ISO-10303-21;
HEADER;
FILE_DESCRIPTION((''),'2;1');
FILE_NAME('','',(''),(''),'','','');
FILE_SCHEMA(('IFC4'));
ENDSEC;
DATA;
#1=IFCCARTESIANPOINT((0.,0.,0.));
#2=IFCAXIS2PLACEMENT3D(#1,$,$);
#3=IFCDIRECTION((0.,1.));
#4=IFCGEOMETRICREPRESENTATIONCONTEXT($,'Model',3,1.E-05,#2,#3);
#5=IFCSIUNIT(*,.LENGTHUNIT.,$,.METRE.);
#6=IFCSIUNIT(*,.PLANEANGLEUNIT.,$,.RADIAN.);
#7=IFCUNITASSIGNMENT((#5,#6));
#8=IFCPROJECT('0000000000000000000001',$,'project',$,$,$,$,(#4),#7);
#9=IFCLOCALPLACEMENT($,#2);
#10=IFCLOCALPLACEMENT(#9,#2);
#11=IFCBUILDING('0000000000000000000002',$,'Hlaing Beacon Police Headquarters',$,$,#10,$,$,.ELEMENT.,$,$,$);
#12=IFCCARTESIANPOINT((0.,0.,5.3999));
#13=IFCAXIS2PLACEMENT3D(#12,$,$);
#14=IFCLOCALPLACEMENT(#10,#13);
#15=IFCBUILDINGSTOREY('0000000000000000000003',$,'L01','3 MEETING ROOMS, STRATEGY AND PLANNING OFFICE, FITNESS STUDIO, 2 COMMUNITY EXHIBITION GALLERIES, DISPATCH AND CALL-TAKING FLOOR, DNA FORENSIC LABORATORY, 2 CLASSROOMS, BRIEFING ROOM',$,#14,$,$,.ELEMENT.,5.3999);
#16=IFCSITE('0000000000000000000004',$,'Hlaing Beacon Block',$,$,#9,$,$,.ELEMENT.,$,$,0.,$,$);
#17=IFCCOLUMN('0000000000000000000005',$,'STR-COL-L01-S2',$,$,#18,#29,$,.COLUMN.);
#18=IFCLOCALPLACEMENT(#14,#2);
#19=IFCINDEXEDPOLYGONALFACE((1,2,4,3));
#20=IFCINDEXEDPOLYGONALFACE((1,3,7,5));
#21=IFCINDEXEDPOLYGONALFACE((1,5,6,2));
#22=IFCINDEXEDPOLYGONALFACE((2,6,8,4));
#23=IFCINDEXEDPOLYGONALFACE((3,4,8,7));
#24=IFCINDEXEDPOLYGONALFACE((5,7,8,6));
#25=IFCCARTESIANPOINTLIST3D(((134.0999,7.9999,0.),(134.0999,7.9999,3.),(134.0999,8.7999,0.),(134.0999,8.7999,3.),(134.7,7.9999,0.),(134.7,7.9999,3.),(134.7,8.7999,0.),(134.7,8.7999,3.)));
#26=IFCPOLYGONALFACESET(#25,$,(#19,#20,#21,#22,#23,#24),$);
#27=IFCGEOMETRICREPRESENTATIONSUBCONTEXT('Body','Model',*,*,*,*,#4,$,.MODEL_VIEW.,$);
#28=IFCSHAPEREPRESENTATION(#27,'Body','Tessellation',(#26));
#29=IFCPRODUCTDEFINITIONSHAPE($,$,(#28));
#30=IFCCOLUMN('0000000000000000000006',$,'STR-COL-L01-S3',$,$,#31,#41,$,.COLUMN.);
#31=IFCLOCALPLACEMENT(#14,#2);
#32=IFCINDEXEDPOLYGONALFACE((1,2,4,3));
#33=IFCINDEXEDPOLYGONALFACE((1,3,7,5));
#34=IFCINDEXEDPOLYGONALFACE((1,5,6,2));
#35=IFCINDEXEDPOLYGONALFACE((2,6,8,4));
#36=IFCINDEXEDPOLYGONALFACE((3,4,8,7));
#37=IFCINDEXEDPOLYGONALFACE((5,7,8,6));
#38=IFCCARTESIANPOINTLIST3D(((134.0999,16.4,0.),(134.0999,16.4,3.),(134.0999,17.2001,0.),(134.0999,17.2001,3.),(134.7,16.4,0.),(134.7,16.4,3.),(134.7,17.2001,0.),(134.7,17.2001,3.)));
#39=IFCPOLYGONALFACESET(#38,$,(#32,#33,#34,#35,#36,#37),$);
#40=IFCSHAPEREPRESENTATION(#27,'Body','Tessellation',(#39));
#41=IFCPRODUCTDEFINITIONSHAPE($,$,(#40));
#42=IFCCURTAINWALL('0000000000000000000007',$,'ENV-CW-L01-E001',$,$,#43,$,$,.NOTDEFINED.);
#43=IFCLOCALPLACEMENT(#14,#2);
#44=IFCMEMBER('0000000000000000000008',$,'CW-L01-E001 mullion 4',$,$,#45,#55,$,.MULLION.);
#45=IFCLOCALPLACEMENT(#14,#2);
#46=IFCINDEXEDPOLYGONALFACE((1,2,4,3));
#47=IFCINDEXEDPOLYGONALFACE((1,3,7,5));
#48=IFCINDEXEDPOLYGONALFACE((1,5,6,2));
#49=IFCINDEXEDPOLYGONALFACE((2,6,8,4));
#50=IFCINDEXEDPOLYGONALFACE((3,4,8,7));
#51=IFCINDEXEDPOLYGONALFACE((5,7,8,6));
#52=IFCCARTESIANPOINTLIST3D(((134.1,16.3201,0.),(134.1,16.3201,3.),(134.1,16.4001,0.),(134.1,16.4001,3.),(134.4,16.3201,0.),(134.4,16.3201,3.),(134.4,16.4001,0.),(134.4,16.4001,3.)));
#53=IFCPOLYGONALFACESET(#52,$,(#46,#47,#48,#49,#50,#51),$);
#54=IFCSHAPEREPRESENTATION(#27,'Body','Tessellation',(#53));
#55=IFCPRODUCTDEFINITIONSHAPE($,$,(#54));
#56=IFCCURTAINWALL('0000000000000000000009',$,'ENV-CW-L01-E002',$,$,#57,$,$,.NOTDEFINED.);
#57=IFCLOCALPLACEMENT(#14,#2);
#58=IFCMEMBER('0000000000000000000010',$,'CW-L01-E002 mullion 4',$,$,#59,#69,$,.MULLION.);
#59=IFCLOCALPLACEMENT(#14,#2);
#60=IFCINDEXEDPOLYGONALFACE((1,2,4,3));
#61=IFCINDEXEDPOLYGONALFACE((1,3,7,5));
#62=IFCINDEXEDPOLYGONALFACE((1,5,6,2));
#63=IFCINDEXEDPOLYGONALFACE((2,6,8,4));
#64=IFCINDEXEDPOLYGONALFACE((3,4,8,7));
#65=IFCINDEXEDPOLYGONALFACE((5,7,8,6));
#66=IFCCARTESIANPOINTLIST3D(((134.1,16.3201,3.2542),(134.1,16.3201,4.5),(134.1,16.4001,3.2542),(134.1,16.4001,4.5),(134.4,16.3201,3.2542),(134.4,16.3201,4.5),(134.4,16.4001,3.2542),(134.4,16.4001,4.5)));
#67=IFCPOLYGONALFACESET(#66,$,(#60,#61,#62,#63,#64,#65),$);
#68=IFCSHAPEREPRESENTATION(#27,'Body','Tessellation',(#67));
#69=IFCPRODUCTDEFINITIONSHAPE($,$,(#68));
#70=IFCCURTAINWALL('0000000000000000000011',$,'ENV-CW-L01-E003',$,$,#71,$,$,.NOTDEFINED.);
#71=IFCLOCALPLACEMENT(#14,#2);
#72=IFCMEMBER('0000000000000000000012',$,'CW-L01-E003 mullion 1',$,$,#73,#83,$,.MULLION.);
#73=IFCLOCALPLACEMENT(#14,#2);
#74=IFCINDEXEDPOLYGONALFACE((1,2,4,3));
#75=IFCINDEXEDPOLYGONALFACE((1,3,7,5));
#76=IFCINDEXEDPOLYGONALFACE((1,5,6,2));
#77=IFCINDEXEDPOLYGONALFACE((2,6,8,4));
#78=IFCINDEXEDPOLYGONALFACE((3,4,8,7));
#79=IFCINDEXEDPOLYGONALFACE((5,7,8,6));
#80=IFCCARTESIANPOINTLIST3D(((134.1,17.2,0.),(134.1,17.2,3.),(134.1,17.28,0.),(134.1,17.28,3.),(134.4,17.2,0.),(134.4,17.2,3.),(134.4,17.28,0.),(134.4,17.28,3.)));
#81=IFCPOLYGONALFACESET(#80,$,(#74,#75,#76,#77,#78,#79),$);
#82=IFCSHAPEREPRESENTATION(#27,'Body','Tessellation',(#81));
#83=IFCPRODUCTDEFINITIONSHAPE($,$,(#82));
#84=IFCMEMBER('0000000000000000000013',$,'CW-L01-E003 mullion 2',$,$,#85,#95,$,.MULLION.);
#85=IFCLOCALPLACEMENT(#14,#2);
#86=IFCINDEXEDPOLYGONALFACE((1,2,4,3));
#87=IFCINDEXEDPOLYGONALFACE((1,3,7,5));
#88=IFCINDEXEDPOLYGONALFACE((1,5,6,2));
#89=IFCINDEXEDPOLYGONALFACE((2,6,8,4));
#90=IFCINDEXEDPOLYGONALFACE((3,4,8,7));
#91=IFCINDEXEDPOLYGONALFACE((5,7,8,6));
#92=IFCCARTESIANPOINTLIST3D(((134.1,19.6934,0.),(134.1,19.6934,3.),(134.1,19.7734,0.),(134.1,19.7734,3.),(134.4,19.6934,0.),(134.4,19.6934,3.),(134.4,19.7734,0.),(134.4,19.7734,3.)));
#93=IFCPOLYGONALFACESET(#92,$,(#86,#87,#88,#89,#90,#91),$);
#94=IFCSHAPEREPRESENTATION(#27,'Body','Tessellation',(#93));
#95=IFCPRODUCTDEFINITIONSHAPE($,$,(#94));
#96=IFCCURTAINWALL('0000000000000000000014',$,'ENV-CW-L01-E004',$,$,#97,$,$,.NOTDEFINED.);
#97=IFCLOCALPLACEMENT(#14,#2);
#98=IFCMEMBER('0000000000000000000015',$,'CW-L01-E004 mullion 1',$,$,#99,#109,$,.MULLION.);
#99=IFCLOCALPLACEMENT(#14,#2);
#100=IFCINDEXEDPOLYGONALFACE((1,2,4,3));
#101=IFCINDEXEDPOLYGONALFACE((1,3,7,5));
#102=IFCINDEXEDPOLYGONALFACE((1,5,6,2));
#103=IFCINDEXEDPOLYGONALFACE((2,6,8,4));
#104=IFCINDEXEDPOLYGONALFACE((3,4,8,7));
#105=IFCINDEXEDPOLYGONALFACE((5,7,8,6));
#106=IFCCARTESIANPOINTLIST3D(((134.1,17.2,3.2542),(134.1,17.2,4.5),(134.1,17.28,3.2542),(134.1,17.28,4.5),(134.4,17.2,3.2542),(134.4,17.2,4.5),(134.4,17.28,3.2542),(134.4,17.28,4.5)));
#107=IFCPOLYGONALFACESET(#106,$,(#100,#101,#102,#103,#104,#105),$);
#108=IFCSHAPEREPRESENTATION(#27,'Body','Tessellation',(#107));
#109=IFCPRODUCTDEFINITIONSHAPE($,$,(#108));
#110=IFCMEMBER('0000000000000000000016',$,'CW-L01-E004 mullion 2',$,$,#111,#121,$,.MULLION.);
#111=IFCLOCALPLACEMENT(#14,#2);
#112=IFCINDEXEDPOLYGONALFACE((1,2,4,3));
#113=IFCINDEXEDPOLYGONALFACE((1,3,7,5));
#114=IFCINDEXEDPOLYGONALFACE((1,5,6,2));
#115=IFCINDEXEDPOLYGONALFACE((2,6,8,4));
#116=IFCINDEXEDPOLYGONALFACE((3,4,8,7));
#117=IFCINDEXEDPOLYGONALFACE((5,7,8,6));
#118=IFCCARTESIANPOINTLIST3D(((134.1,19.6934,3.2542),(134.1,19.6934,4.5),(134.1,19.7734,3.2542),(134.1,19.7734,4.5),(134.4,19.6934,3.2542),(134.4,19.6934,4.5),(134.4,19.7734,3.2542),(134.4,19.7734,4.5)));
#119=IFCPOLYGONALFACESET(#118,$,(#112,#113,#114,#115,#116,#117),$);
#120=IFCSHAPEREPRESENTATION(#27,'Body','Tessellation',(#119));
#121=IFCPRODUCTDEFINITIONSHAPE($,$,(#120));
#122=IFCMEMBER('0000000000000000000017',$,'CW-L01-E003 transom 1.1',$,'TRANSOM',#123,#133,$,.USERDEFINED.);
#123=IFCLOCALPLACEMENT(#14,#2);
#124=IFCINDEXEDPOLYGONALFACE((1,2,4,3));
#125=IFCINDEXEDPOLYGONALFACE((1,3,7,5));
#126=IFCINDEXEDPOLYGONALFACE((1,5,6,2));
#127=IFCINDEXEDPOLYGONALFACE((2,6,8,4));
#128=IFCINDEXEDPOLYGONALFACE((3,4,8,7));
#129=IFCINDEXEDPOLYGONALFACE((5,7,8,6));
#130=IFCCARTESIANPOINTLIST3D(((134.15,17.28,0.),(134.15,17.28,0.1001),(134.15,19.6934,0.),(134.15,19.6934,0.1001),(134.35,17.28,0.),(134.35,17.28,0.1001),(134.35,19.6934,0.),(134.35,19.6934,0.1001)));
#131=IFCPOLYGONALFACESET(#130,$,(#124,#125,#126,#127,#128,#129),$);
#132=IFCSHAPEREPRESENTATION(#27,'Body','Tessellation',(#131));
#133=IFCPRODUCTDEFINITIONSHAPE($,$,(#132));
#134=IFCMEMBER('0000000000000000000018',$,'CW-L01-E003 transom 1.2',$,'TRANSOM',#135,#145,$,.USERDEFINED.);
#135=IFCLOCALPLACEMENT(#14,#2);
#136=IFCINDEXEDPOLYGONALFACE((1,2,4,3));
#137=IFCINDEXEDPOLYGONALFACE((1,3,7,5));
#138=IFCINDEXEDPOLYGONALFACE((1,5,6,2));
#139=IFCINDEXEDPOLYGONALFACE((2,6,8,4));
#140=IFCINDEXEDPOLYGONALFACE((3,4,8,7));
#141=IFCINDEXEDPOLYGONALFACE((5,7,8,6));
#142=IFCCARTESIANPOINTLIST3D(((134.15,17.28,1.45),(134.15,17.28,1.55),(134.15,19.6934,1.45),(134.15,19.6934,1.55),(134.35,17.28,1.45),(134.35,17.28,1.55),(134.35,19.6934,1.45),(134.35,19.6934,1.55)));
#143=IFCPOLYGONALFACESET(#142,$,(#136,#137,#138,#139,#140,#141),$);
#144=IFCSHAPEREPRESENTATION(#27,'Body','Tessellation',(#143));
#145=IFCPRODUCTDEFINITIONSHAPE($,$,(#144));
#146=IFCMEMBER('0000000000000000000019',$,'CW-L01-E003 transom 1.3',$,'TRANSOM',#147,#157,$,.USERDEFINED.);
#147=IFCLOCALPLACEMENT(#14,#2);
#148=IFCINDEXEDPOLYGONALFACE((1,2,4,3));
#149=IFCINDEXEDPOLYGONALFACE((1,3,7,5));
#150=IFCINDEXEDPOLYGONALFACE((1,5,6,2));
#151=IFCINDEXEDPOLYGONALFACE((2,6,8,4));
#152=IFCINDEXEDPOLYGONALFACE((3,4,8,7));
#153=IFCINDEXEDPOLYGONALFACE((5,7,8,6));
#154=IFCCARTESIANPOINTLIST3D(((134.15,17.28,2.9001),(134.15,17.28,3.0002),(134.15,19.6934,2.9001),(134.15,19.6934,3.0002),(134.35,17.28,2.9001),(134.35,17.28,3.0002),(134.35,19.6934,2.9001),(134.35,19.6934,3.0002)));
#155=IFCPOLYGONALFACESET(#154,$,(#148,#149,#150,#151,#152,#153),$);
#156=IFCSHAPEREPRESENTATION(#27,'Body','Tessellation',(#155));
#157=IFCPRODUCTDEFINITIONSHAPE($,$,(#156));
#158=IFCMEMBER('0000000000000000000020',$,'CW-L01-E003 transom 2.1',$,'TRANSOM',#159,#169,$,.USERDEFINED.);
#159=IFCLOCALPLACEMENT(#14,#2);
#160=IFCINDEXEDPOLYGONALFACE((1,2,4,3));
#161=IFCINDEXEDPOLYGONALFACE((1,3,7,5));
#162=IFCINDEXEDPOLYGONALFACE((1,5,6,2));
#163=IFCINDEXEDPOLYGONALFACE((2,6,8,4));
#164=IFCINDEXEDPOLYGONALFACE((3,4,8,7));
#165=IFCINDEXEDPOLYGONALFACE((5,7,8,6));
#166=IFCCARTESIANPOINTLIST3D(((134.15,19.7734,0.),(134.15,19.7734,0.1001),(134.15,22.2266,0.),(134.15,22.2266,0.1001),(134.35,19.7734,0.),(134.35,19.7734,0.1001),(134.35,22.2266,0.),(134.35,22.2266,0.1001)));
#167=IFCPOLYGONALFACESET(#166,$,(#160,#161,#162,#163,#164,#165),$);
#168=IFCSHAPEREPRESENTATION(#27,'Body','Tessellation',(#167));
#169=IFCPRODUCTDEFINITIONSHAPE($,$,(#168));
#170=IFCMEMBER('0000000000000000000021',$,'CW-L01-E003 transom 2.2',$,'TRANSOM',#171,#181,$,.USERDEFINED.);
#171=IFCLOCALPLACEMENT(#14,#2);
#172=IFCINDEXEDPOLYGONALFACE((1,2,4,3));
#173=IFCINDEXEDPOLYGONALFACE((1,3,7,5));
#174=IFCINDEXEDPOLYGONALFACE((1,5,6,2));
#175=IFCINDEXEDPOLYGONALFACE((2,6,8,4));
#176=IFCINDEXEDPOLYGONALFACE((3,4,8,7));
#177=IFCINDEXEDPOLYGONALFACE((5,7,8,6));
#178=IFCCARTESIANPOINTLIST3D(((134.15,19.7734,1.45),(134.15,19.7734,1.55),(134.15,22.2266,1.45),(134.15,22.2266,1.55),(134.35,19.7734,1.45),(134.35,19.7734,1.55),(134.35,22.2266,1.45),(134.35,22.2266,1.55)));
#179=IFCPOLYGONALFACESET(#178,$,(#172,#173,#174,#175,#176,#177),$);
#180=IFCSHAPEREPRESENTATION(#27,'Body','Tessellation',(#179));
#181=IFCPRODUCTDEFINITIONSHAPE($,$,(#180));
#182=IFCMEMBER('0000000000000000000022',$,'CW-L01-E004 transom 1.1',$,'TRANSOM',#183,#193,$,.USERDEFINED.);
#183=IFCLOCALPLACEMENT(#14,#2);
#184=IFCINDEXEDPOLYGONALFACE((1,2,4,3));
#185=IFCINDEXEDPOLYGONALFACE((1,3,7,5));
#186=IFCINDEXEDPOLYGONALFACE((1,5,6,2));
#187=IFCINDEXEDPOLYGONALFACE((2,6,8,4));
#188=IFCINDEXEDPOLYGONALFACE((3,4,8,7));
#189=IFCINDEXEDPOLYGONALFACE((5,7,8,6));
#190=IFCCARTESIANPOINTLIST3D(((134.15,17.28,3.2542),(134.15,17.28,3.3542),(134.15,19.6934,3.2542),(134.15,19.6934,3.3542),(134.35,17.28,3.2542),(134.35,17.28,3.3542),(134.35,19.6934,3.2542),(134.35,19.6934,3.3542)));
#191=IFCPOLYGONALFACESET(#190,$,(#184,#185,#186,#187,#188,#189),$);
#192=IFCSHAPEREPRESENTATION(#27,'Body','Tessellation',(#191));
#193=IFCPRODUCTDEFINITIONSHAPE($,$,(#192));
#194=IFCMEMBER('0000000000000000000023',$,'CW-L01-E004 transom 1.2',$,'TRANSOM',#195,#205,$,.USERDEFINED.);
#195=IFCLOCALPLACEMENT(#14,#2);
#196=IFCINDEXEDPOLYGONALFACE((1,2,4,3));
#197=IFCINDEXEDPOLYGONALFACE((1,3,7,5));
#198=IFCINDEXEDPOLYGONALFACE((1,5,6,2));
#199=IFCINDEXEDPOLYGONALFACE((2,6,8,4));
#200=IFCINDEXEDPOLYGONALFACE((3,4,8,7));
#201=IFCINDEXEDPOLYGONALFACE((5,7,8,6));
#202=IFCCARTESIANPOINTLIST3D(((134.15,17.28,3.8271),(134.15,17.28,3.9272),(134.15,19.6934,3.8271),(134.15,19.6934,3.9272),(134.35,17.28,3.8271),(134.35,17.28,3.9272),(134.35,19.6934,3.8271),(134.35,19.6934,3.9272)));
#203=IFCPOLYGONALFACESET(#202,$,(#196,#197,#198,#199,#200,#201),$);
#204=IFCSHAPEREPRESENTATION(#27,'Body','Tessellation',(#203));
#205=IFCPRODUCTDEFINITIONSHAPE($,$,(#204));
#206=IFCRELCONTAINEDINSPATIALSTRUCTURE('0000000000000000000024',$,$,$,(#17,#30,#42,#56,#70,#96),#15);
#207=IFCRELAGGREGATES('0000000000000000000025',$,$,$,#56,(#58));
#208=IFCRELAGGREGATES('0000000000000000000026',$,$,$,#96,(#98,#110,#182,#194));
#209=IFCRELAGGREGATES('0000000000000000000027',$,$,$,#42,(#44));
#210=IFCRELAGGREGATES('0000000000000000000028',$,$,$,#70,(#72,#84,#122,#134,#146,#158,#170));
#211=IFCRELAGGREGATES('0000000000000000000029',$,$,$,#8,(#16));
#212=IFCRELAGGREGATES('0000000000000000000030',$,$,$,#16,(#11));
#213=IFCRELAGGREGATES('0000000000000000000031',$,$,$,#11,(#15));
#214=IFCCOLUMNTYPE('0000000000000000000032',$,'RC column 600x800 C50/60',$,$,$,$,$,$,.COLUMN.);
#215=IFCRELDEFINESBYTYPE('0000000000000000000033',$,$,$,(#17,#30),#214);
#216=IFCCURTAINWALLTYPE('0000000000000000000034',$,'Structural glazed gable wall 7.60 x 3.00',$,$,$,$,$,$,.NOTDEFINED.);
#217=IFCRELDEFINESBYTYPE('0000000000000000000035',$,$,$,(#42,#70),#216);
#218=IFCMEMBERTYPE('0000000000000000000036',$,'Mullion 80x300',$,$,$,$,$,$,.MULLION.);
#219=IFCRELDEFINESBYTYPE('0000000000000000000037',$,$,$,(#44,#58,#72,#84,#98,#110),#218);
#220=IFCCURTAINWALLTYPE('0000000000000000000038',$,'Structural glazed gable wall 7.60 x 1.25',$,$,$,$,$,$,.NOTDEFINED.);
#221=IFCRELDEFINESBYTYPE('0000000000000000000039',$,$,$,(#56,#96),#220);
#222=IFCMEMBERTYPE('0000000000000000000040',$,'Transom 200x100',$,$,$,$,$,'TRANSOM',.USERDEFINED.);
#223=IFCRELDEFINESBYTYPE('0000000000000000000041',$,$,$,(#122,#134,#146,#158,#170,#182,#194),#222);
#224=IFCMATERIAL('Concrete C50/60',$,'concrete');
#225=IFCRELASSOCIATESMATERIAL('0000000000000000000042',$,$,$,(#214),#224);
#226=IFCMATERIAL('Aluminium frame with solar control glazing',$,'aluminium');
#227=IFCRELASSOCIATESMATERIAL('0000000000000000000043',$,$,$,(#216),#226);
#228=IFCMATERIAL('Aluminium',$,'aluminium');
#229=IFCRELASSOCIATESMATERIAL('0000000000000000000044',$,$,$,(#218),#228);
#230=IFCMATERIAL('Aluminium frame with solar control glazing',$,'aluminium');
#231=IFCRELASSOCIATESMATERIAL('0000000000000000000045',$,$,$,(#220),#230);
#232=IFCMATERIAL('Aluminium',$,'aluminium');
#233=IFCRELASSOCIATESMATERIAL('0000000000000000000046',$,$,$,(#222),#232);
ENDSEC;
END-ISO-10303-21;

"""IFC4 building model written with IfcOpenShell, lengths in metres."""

from ifc_helpers import new_model, si_unit, direction, frame, origin, origin_2d, place, context, subcontext, project, spatial, rectangle, extrude, material, material_profile, profile_set, type_object, element, aggregate, save


model = new_model("IFC4")

# Units and contexts
model_context = context("Model", 3, precision=1e-05, world=origin(), true_north=direction((0.0, 1.0)))
body_context = subcontext(model_context, "Body", "Model", "MODEL_VIEW")
ifc_project = project(units=[si_unit("LENGTHUNIT", "METRE"), si_unit("PLANEANGLEUNIT", "RADIAN")], contexts=[model_context])

# Site, building, storey
site_placement = place(None, origin())
site = spatial("IfcSite", under=ifc_project, at=site_placement, Name="Hlaing Beacon Block", CompositionType="ELEMENT", RefElevation=0.0)
building_placement = place(site_placement, origin())
building = spatial("IfcBuilding", under=site, at=building_placement, Name="Hlaing Beacon Police Headquarters", CompositionType="ELEMENT")
storey_placement = place(building_placement, frame((0.0, 0.0, 5.3999)))
storey = spatial("IfcBuildingStorey", under=building, at=storey_placement, Name="L01", Description="3 MEETING ROOMS, STRATEGY AND PLANNING OFFICE, FITNESS STUDIO, 2 COMMUNITY EXHIBITION GALLERIES, DISPATCH AND CALL-TAKING FLOOR, DNA FORENSIC LABORATORY, 2 CLASSROOMS, BRIEFING ROOM", CompositionType="ELEMENT", Elevation=5.3999)

# Columns
ifc_material_1 = material(Name="Concrete C50/60", Category="concrete")
ifc_material_profile_1 = material_profile(ifc_material_1, rectangle(XDim=0.6001, YDim=0.8, at=origin_2d()), Name="600x800")
ifc_profile_set_1 = profile_set([ifc_material_profile_1], Name="Concrete C50/60")
column_type = type_object("IfcColumnType", Name="RC column 600x800 C50/60", PredefinedType="COLUMN", material=ifc_profile_set_1)
for number, where, z_axis, x_axis, name in (
    (1, (134.3999, 8.3999, 0.0), (0.0, 0.0, 1.0), (1.0, 0.0, 0.0), "STR-COL-L01-S2"),
    (2, (134.3999, 16.8, 0.0), (0.0, 0.0, 1.0), (1.0, 0.0, 0.0), "STR-COL-L01-S3"),
):
    element("IfcColumn", number, at=place(storey_placement, frame(where, z_axis=z_axis, x_axis=x_axis)), inside=storey, type_object=column_type, Name=name, PredefinedType="COLUMN", context=body_context, shape_type="SweptSolid", body=[
        extrude(rectangle(XDim=0.6001, YDim=0.8, at=origin_2d()), origin(), (0.0, 0.0, 1.0), 3.0),
    ])

# Curtain walls, members
ifc_material_2 = material(Name="Aluminium frame with solar control glazing", Category="aluminium")
curtain_wall_type_1 = type_object("IfcCurtainWallType", Name="Structural glazed gable wall 7.60 x 3.00", PredefinedType="NOTDEFINED", material=ifc_material_2)
curtain_wall_1_placement = place(storey_placement, origin())
curtain_wall_1 = element("IfcCurtainWall", 3, at=curtain_wall_1_placement, inside=storey, type_object=curtain_wall_type_1, Name="ENV-CW-L01-E001", PredefinedType="NOTDEFINED")
ifc_material_3 = material(Name="Aluminium", Category="aluminium")
ifc_material_profile_2 = material_profile(ifc_material_3, rectangle(XDim=0.3, YDim=0.0801, at=origin_2d()), Name="Mullion 80x300")
ifc_profile_set_2 = profile_set([ifc_material_profile_2], Name="Aluminium")
member_type_1 = type_object("IfcMemberType", Name="Mullion 80x300", PredefinedType="MULLION", material=ifc_profile_set_2)
member_1_placement = place(storey_placement, frame((134.25, 16.3601, 0.0), z_axis=(0.0, 0.0, 1.0), x_axis=(-1.0, 0.0, 0.0)))
member_1 = element("IfcMember", 4, at=member_1_placement, type_object=member_type_1, Name="CW-L01-E001 mullion 4", PredefinedType="MULLION", context=body_context, shape_type="SweptSolid", body=[
    extrude(rectangle(XDim=0.3, YDim=0.0801, at=origin_2d()), origin(), (0.0, 0.0, 1.0), 3.0),
])
ifc_material_4 = material(Name="Aluminium frame with solar control glazing", Category="aluminium")
curtain_wall_type_2 = type_object("IfcCurtainWallType", Name="Structural glazed gable wall 7.60 x 1.25", PredefinedType="NOTDEFINED", material=ifc_material_4)
curtain_wall_2_placement = place(storey_placement, origin())
curtain_wall_2 = element("IfcCurtainWall", 5, at=curtain_wall_2_placement, inside=storey, type_object=curtain_wall_type_2, Name="ENV-CW-L01-E002", PredefinedType="NOTDEFINED")
member_2_placement = place(storey_placement, frame((134.25, 16.3601, 3.2542), z_axis=(0.0, 0.0, 1.0), x_axis=(-1.0, 0.0, 0.0)))
member_2 = element("IfcMember", 6, at=member_2_placement, type_object=member_type_1, Name="CW-L01-E002 mullion 4", PredefinedType="MULLION", context=body_context, shape_type="SweptSolid", body=[
    extrude(rectangle(XDim=0.3, YDim=0.0801, at=origin_2d()), origin(), (0.0, 0.0, 1.0), 1.2458),
])

# Curtain walls, members
curtain_wall_3_placement = place(storey_placement, origin())
curtain_wall_3 = element("IfcCurtainWall", 7, at=curtain_wall_3_placement, inside=storey, type_object=curtain_wall_type_1, Name="ENV-CW-L01-E003", PredefinedType="NOTDEFINED")
member_3_placement = place(storey_placement, frame((134.25, 17.24, 0.0), z_axis=(0.0, 0.0, 1.0), x_axis=(-1.0, 0.0, 0.0)))
member_3 = element("IfcMember", 8, at=member_3_placement, type_object=member_type_1, Name="CW-L01-E003 mullion 1", PredefinedType="MULLION", context=body_context, shape_type="SweptSolid", body=[
    extrude(rectangle(XDim=0.3, YDim=0.0801, at=origin_2d()), origin(), (0.0, 0.0, 1.0), 3.0),
])
member_4_placement = place(storey_placement, frame((134.25, 19.7334, 0.0), z_axis=(0.0, 0.0, 1.0), x_axis=(-1.0, 0.0, 0.0)))
member_4 = element("IfcMember", 9, at=member_4_placement, type_object=member_type_1, Name="CW-L01-E003 mullion 2", PredefinedType="MULLION", context=body_context, shape_type="SweptSolid", body=[
    extrude(rectangle(XDim=0.3, YDim=0.0801, at=origin_2d()), origin(), (0.0, 0.0, 1.0), 3.0),
])
curtain_wall_4_placement = place(storey_placement, origin())
curtain_wall_4 = element("IfcCurtainWall", 10, at=curtain_wall_4_placement, inside=storey, type_object=curtain_wall_type_2, Name="ENV-CW-L01-E004", PredefinedType="NOTDEFINED")
member_5_placement = place(storey_placement, frame((134.25, 17.24, 3.2542), z_axis=(0.0, 0.0, 1.0), x_axis=(-1.0, 0.0, 0.0)))
member_5 = element("IfcMember", 11, at=member_5_placement, type_object=member_type_1, Name="CW-L01-E004 mullion 1", PredefinedType="MULLION", context=body_context, shape_type="SweptSolid", body=[
    extrude(rectangle(XDim=0.3, YDim=0.0801, at=origin_2d()), origin(), (0.0, 0.0, 1.0), 1.2458),
])
member_6_placement = place(storey_placement, frame((134.25, 19.7334, 3.2542), z_axis=(0.0, 0.0, 1.0), x_axis=(-1.0, 0.0, 0.0)))
member_6 = element("IfcMember", 12, at=member_6_placement, type_object=member_type_1, Name="CW-L01-E004 mullion 2", PredefinedType="MULLION", context=body_context, shape_type="SweptSolid", body=[
    extrude(rectangle(XDim=0.3, YDim=0.0801, at=origin_2d()), origin(), (0.0, 0.0, 1.0), 1.2458),
])

# Members
ifc_material_5 = material(Name="Aluminium", Category="aluminium")
ifc_material_profile_3 = material_profile(ifc_material_5, rectangle(XDim=0.2, YDim=0.1001, at=origin_2d()), Name="Transom 200x100")
ifc_profile_set_3 = profile_set([ifc_material_profile_3], Name="Aluminium")
member_type_2 = type_object("IfcMemberType", Name="Transom 200x100", ElementType="TRANSOM", PredefinedType="USERDEFINED", material=ifc_profile_set_3)
member_7_placement = place(storey_placement, frame((134.25, 17.28, 0.05), z_axis=(0.0, 1.0, 0.0), x_axis=(-1.0, 0.0, 0.0)))
member_7 = element("IfcMember", 13, at=member_7_placement, type_object=member_type_2, Name="CW-L01-E003 transom 1.1", ObjectType="TRANSOM", PredefinedType="USERDEFINED", context=body_context, shape_type="SweptSolid", body=[
    extrude(rectangle(XDim=0.2, YDim=0.1001, at=origin_2d()), origin(), (0.0, 0.0, 1.0), 2.4133),
])
member_8_placement = place(storey_placement, frame((134.25, 17.28, 1.5), z_axis=(0.0, 1.0, 0.0), x_axis=(-1.0, 0.0, 0.0)))
member_8 = element("IfcMember", 14, at=member_8_placement, type_object=member_type_2, Name="CW-L01-E003 transom 1.2", ObjectType="TRANSOM", PredefinedType="USERDEFINED", context=body_context, shape_type="SweptSolid", body=[
    extrude(rectangle(XDim=0.2, YDim=0.1001, at=origin_2d()), origin(), (0.0, 0.0, 1.0), 2.4133),
])
member_9_placement = place(storey_placement, frame((134.25, 17.28, 2.9502), z_axis=(0.0, 1.0, 0.0), x_axis=(-1.0, 0.0, 0.0)))
member_9 = element("IfcMember", 15, at=member_9_placement, type_object=member_type_2, Name="CW-L01-E003 transom 1.3", ObjectType="TRANSOM", PredefinedType="USERDEFINED", context=body_context, shape_type="SweptSolid", body=[
    extrude(rectangle(XDim=0.2, YDim=0.1001, at=origin_2d()), origin(), (0.0, 0.0, 1.0), 2.4133),
])
member_10_placement = place(storey_placement, frame((134.25, 19.7734, 0.05), z_axis=(0.0, 1.0, 0.0), x_axis=(-1.0, 0.0, 0.0)))
member_10 = element("IfcMember", 16, at=member_10_placement, type_object=member_type_2, Name="CW-L01-E003 transom 2.1", ObjectType="TRANSOM", PredefinedType="USERDEFINED", context=body_context, shape_type="SweptSolid", body=[
    extrude(rectangle(XDim=0.2, YDim=0.1001, at=origin_2d()), origin(), (0.0, 0.0, 1.0), 2.4531),
])
member_11_placement = place(storey_placement, frame((134.25, 19.7734, 1.5), z_axis=(0.0, 1.0, 0.0), x_axis=(-1.0, 0.0, 0.0)))
member_11 = element("IfcMember", 17, at=member_11_placement, type_object=member_type_2, Name="CW-L01-E003 transom 2.2", ObjectType="TRANSOM", PredefinedType="USERDEFINED", context=body_context, shape_type="SweptSolid", body=[
    extrude(rectangle(XDim=0.2, YDim=0.1001, at=origin_2d()), origin(), (0.0, 0.0, 1.0), 2.4531),
])
member_12_placement = place(storey_placement, frame((134.25, 17.28, 3.3042), z_axis=(0.0, 1.0, 0.0), x_axis=(-1.0, 0.0, 0.0)))
member_12 = element("IfcMember", 18, at=member_12_placement, type_object=member_type_2, Name="CW-L01-E004 transom 1.1", ObjectType="TRANSOM", PredefinedType="USERDEFINED", context=body_context, shape_type="SweptSolid", body=[
    extrude(rectangle(XDim=0.2, YDim=0.1001, at=origin_2d()), origin(), (0.0, 0.0, 1.0), 2.4133),
])
member_13_placement = place(storey_placement, frame((134.25, 17.28, 3.8772), z_axis=(0.0, 1.0, 0.0), x_axis=(-1.0, 0.0, 0.0)))
member_13 = element("IfcMember", 19, at=member_13_placement, type_object=member_type_2, Name="CW-L01-E004 transom 1.2", ObjectType="TRANSOM", PredefinedType="USERDEFINED", context=body_context, shape_type="SweptSolid", body=[
    extrude(rectangle(XDim=0.2, YDim=0.1001, at=origin_2d()), origin(), (0.0, 0.0, 1.0), 2.4133),
])

aggregate(curtain_wall_2, [member_2])
aggregate(curtain_wall_4, [member_5, member_6, member_12, member_13])
aggregate(curtain_wall_1, [member_1])
aggregate(curtain_wall_3, [member_3, member_4, member_7, member_8, member_9, member_10, member_11])

save(model, "model.ifc")
